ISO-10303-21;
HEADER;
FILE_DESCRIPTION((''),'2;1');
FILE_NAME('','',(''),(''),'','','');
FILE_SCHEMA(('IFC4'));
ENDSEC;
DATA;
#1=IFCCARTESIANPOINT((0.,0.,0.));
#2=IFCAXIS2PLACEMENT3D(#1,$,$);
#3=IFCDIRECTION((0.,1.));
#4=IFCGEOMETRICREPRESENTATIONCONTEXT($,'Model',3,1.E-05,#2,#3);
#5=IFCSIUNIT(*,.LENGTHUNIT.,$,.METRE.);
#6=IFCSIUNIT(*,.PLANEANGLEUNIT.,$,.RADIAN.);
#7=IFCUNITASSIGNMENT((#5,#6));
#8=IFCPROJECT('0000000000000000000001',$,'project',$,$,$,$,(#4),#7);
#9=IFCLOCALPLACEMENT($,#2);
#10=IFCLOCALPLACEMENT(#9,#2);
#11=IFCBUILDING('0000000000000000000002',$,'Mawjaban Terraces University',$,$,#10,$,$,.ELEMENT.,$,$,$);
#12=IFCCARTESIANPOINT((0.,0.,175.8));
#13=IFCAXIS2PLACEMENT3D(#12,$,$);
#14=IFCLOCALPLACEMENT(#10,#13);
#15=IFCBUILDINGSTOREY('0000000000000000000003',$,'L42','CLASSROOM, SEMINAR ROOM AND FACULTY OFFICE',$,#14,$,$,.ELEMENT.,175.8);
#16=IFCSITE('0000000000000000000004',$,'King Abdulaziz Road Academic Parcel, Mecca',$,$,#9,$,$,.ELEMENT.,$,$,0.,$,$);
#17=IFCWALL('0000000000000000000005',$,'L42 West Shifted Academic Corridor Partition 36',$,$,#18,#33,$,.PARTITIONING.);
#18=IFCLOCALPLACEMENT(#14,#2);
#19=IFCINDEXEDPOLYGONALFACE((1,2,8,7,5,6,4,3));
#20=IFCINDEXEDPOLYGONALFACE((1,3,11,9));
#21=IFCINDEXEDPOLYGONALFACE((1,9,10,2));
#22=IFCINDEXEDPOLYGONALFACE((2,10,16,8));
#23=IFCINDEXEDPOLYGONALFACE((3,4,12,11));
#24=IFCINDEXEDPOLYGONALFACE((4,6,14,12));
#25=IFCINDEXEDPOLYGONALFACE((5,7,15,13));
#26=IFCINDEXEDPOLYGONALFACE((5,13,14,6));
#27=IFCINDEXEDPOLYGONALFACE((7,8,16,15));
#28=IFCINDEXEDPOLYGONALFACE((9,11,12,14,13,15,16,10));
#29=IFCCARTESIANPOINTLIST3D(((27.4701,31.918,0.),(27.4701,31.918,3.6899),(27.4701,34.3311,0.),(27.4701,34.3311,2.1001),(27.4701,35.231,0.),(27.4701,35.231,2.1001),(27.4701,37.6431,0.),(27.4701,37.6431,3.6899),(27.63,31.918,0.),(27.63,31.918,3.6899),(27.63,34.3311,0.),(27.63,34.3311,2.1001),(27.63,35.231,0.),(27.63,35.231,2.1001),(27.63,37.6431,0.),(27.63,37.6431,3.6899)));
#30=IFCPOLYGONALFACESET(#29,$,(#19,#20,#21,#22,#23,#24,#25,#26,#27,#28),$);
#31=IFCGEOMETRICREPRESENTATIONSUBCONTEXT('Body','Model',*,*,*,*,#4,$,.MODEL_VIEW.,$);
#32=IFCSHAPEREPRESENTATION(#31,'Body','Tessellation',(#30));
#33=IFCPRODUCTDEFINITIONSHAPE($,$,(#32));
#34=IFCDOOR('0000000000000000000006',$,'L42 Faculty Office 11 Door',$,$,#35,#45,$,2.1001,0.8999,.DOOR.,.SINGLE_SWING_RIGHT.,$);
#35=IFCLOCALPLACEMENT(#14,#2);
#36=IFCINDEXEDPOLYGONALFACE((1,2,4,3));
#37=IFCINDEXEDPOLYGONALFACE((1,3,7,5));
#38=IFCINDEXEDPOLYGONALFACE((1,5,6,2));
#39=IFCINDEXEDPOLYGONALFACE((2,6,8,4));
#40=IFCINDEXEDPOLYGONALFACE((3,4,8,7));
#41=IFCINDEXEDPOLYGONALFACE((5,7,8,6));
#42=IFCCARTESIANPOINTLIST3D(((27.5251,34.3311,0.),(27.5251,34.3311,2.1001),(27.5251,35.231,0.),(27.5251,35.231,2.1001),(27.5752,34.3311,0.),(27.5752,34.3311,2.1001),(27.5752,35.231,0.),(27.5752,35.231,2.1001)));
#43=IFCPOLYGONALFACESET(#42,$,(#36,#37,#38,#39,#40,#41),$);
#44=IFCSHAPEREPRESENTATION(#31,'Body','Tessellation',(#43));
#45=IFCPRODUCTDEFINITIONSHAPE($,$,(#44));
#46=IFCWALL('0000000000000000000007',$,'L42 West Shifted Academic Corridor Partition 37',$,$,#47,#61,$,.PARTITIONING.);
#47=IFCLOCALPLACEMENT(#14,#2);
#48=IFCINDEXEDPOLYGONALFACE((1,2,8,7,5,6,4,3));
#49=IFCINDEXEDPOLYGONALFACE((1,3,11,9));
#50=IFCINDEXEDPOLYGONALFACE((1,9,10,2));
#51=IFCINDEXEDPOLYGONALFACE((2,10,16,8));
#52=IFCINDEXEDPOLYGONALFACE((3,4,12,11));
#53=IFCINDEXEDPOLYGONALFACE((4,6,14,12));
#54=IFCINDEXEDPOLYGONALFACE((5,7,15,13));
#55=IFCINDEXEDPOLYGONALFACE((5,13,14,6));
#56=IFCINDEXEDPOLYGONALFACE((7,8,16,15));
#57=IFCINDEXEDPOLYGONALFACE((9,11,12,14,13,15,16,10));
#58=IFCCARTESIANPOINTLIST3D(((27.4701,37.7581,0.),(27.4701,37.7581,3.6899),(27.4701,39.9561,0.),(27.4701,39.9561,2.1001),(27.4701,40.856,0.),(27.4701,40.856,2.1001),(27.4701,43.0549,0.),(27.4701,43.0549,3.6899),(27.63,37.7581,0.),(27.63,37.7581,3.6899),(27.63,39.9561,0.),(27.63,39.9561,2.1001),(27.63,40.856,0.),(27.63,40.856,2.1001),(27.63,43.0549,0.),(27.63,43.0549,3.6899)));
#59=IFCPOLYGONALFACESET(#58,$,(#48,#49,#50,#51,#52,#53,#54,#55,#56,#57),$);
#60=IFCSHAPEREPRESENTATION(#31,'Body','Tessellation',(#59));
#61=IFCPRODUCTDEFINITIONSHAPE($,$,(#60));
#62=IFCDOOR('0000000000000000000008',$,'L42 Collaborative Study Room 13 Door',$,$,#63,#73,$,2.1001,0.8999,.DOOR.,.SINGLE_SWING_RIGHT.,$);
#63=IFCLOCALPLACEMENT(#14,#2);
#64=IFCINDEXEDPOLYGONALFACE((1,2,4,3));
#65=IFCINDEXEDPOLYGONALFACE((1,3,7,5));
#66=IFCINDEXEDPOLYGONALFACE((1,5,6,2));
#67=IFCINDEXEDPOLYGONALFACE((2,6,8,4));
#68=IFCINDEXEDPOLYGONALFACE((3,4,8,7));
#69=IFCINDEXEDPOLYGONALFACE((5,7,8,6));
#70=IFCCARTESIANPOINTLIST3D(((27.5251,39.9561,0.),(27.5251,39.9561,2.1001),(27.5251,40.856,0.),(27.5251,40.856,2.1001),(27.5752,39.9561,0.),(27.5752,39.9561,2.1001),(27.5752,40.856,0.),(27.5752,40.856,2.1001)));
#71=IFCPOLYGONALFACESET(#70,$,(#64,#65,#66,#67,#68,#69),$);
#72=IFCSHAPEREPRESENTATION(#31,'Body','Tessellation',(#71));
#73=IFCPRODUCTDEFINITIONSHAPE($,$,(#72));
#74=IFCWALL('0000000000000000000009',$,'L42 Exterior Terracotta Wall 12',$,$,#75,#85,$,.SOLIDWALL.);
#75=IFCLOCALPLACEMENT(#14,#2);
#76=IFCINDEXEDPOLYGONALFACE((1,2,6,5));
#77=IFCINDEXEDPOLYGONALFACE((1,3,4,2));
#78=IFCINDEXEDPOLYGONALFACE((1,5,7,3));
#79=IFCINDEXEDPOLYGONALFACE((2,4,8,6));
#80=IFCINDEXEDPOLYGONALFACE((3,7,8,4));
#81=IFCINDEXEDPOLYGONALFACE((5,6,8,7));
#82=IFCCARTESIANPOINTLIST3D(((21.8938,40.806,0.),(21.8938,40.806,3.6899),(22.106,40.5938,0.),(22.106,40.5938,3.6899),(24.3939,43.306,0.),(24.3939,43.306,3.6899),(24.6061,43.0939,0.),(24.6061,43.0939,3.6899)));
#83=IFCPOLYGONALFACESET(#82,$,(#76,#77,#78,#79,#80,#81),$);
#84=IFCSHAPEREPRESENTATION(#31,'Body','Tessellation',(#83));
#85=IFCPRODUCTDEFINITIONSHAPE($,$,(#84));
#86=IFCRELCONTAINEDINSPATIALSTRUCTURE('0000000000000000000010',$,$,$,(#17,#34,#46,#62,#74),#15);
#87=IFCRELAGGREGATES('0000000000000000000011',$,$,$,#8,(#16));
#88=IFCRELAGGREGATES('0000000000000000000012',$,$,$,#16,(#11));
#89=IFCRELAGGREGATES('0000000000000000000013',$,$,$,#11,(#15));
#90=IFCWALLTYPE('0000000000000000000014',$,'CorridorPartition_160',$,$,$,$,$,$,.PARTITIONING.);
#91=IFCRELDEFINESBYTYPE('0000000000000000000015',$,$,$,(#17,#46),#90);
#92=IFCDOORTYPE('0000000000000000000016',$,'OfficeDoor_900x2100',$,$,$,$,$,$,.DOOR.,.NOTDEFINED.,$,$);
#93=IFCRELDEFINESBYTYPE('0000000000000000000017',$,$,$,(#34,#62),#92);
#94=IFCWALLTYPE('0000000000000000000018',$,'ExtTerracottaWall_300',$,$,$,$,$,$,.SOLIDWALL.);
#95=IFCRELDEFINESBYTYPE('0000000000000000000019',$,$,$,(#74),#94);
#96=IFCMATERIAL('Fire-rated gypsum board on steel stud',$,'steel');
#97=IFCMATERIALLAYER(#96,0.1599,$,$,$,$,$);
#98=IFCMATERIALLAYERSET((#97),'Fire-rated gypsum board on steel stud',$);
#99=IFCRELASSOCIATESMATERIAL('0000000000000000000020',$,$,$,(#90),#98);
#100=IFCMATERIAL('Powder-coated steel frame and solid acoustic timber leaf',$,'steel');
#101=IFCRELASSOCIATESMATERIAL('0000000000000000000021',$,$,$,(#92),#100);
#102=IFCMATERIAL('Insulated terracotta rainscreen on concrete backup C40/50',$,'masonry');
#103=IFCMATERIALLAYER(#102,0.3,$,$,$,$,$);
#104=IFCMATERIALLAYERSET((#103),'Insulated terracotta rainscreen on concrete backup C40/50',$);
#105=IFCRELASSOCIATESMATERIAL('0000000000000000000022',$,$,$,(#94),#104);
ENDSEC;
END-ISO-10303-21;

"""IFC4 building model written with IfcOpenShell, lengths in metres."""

from ifc_helpers import new_model, si_unit, direction, frame, frame_2d, origin, place, context, subcontext, project, spatial, rectangle, extrude, material, layer, layer_set, type_object, element, fill, save


model = new_model("IFC4")

# Units and contexts
model_context = context("Model", 3, precision=1e-05, world=origin(), true_north=direction((0.0, 1.0)))
body_context = subcontext(model_context, "Body", "Model", "MODEL_VIEW")
ifc_project = project(units=[si_unit("LENGTHUNIT", "METRE"), si_unit("PLANEANGLEUNIT", "RADIAN")], contexts=[model_context])

# Site, building, storey
site_placement = place(None, origin())
site = spatial("IfcSite", under=ifc_project, at=site_placement, Name="King Abdulaziz Road Academic Parcel, Mecca", CompositionType="ELEMENT", RefElevation=0.0)
building_placement = place(site_placement, origin())
building = spatial("IfcBuilding", under=site, at=building_placement, Name="Mawjaban Terraces University", CompositionType="ELEMENT")
storey_placement = place(building_placement, frame((0.0, 0.0, 175.8)))
storey = spatial("IfcBuildingStorey", under=building, at=storey_placement, Name="L42", Description="CLASSROOM, SEMINAR ROOM AND FACULTY OFFICE", CompositionType="ELEMENT", Elevation=175.8)

# Walls, openings, doors
ifc_material_1 = material(Name="Powder-coated steel frame and solid acoustic timber leaf", Category="steel")
ifc_material_2 = material(Name="Fire-rated gypsum board on steel stud", Category="steel")
ifc_layer_1 = layer(ifc_material_2, 0.1599)
ifc_layer_set_1 = layer_set([ifc_layer_1], Name="Fire-rated gypsum board on steel stud")
wall_type_1 = type_object("IfcWallType", Name="CorridorPartition_160", PredefinedType="PARTITIONING", material=ifc_layer_set_1)
door_type_1 = type_object("IfcDoorType", Name="OfficeDoor_900x2100", OperationType="NOTDEFINED", PredefinedType="DOOR", material=ifc_material_1)
wall_1_placement = place(storey_placement, frame((27.55, 31.918, 0.0), z_axis=(0.0, 0.0, 1.0), x_axis=(0.0, 1.0, 0.0)))
wall_1 = element("IfcWall", 1, at=wall_1_placement, inside=storey, type_object=wall_type_1, Name="L42 West Shifted Academic Corridor Partition 36", PredefinedType="PARTITIONING", context=body_context, shape_type="SweptSolid", body=[
    extrude(rectangle(XDim=5.7251, YDim=0.1599, at=frame_2d((2.8625, 0.0))), origin(), (0.0, 0.0, 1.0), 3.6899),
])
opening_1_placement = place(wall_1_placement, frame((2.4131, 0.0, 0.0)))
opening_1 = element("IfcOpeningElement", 2, at=opening_1_placement, cuts=wall_1, PredefinedType="OPENING", context=body_context, shape_type="SweptSolid", body=[
    extrude(rectangle(XDim=0.8999, YDim=2.1001, at=frame_2d((0.45, 1.05))), frame((0.0, 0.0898, 0.0), z_axis=(0.0, -1.0, 0.0), x_axis=(1.0, 0.0, 0.0)), (0.0, 0.0, 1.0), 0.1799),
])
door_1_placement = place(opening_1_placement, origin())
door_1 = element("IfcDoor", 3, at=door_1_placement, inside=storey, type_object=door_type_1, Name="L42 Faculty Office 11 Door", OperationType="SINGLE_SWING_RIGHT", OverallHeight=2.1001, OverallWidth=0.8999, PredefinedType="DOOR", context=body_context, shape_type="SweptSolid", body=[
    extrude(rectangle(XDim=0.8999, YDim=2.1001, at=frame_2d((0.45, 1.05))), frame((0.0, 0.0249, 0.0), z_axis=(0.0, -1.0, 0.0), x_axis=(1.0, 0.0, 0.0)), (0.0, 0.0, 1.0), 0.05),
])
fill(opening_1, door_1)
wall_2_placement = place(storey_placement, frame((27.55, 37.7581, 0.0), z_axis=(0.0, 0.0, 1.0), x_axis=(0.0, 1.0, 0.0)))
wall_2 = element("IfcWall", 4, at=wall_2_placement, inside=storey, type_object=wall_type_1, Name="L42 West Shifted Academic Corridor Partition 37", PredefinedType="PARTITIONING", context=body_context, shape_type="SweptSolid", body=[
    extrude(rectangle(XDim=5.2969, YDim=0.1599, at=frame_2d((2.6484, 0.0))), origin(), (0.0, 0.0, 1.0), 3.6899),
])
opening_2_placement = place(wall_2_placement, frame((2.198, 0.0, 0.0)))
opening_2 = element("IfcOpeningElement", 5, at=opening_2_placement, cuts=wall_2, PredefinedType="OPENING", context=body_context, shape_type="SweptSolid", body=[
    extrude(rectangle(XDim=0.8999, YDim=2.1001, at=frame_2d((0.45, 1.05))), frame((0.0, 0.0898, 0.0), z_axis=(0.0, -1.0, 0.0), x_axis=(1.0, 0.0, 0.0)), (0.0, 0.0, 1.0), 0.1799),
])
door_2_placement = place(opening_2_placement, origin())
door_2 = element("IfcDoor", 6, at=door_2_placement, inside=storey, type_object=door_type_1, Name="L42 Collaborative Study Room 13 Door", OperationType="SINGLE_SWING_RIGHT", OverallHeight=2.1001, OverallWidth=0.8999, PredefinedType="DOOR", context=body_context, shape_type="SweptSolid", body=[
    extrude(rectangle(XDim=0.8999, YDim=2.1001, at=frame_2d((0.45, 1.05))), frame((0.0, 0.0249, 0.0), z_axis=(0.0, -1.0, 0.0), x_axis=(1.0, 0.0, 0.0)), (0.0, 0.0, 1.0), 0.05),
])
fill(opening_2, door_2)

# Wall
ifc_material_3 = material(Name="Insulated terracotta rainscreen on concrete backup C40/50", Category="masonry")
ifc_layer_2 = layer(ifc_material_3, 0.3)
ifc_layer_set_2 = layer_set([ifc_layer_2], Name="Insulated terracotta rainscreen on concrete backup C40/50")
wall_type_2 = type_object("IfcWallType", Name="ExtTerracottaWall_300", PredefinedType="SOLIDWALL", material=ifc_layer_set_2)
wall_3_placement = place(storey_placement, frame((24.5, 43.2, 0.0), z_axis=(0.0, 0.0, 1.0), x_axis=(-0.707107, -0.707107, 0.0)))
element("IfcWall", 7, at=wall_3_placement, inside=storey, type_object=wall_type_2, Name="L42 Exterior Terracotta Wall 12", PredefinedType="SOLIDWALL", context=body_context, shape_type="SweptSolid", body=[
    extrude(rectangle(XDim=3.5356, YDim=0.3, at=frame_2d((1.7678, 0.0))), origin(), (0.0, 0.0, 1.0), 3.6899),
])

save(model, "model.ifc")
